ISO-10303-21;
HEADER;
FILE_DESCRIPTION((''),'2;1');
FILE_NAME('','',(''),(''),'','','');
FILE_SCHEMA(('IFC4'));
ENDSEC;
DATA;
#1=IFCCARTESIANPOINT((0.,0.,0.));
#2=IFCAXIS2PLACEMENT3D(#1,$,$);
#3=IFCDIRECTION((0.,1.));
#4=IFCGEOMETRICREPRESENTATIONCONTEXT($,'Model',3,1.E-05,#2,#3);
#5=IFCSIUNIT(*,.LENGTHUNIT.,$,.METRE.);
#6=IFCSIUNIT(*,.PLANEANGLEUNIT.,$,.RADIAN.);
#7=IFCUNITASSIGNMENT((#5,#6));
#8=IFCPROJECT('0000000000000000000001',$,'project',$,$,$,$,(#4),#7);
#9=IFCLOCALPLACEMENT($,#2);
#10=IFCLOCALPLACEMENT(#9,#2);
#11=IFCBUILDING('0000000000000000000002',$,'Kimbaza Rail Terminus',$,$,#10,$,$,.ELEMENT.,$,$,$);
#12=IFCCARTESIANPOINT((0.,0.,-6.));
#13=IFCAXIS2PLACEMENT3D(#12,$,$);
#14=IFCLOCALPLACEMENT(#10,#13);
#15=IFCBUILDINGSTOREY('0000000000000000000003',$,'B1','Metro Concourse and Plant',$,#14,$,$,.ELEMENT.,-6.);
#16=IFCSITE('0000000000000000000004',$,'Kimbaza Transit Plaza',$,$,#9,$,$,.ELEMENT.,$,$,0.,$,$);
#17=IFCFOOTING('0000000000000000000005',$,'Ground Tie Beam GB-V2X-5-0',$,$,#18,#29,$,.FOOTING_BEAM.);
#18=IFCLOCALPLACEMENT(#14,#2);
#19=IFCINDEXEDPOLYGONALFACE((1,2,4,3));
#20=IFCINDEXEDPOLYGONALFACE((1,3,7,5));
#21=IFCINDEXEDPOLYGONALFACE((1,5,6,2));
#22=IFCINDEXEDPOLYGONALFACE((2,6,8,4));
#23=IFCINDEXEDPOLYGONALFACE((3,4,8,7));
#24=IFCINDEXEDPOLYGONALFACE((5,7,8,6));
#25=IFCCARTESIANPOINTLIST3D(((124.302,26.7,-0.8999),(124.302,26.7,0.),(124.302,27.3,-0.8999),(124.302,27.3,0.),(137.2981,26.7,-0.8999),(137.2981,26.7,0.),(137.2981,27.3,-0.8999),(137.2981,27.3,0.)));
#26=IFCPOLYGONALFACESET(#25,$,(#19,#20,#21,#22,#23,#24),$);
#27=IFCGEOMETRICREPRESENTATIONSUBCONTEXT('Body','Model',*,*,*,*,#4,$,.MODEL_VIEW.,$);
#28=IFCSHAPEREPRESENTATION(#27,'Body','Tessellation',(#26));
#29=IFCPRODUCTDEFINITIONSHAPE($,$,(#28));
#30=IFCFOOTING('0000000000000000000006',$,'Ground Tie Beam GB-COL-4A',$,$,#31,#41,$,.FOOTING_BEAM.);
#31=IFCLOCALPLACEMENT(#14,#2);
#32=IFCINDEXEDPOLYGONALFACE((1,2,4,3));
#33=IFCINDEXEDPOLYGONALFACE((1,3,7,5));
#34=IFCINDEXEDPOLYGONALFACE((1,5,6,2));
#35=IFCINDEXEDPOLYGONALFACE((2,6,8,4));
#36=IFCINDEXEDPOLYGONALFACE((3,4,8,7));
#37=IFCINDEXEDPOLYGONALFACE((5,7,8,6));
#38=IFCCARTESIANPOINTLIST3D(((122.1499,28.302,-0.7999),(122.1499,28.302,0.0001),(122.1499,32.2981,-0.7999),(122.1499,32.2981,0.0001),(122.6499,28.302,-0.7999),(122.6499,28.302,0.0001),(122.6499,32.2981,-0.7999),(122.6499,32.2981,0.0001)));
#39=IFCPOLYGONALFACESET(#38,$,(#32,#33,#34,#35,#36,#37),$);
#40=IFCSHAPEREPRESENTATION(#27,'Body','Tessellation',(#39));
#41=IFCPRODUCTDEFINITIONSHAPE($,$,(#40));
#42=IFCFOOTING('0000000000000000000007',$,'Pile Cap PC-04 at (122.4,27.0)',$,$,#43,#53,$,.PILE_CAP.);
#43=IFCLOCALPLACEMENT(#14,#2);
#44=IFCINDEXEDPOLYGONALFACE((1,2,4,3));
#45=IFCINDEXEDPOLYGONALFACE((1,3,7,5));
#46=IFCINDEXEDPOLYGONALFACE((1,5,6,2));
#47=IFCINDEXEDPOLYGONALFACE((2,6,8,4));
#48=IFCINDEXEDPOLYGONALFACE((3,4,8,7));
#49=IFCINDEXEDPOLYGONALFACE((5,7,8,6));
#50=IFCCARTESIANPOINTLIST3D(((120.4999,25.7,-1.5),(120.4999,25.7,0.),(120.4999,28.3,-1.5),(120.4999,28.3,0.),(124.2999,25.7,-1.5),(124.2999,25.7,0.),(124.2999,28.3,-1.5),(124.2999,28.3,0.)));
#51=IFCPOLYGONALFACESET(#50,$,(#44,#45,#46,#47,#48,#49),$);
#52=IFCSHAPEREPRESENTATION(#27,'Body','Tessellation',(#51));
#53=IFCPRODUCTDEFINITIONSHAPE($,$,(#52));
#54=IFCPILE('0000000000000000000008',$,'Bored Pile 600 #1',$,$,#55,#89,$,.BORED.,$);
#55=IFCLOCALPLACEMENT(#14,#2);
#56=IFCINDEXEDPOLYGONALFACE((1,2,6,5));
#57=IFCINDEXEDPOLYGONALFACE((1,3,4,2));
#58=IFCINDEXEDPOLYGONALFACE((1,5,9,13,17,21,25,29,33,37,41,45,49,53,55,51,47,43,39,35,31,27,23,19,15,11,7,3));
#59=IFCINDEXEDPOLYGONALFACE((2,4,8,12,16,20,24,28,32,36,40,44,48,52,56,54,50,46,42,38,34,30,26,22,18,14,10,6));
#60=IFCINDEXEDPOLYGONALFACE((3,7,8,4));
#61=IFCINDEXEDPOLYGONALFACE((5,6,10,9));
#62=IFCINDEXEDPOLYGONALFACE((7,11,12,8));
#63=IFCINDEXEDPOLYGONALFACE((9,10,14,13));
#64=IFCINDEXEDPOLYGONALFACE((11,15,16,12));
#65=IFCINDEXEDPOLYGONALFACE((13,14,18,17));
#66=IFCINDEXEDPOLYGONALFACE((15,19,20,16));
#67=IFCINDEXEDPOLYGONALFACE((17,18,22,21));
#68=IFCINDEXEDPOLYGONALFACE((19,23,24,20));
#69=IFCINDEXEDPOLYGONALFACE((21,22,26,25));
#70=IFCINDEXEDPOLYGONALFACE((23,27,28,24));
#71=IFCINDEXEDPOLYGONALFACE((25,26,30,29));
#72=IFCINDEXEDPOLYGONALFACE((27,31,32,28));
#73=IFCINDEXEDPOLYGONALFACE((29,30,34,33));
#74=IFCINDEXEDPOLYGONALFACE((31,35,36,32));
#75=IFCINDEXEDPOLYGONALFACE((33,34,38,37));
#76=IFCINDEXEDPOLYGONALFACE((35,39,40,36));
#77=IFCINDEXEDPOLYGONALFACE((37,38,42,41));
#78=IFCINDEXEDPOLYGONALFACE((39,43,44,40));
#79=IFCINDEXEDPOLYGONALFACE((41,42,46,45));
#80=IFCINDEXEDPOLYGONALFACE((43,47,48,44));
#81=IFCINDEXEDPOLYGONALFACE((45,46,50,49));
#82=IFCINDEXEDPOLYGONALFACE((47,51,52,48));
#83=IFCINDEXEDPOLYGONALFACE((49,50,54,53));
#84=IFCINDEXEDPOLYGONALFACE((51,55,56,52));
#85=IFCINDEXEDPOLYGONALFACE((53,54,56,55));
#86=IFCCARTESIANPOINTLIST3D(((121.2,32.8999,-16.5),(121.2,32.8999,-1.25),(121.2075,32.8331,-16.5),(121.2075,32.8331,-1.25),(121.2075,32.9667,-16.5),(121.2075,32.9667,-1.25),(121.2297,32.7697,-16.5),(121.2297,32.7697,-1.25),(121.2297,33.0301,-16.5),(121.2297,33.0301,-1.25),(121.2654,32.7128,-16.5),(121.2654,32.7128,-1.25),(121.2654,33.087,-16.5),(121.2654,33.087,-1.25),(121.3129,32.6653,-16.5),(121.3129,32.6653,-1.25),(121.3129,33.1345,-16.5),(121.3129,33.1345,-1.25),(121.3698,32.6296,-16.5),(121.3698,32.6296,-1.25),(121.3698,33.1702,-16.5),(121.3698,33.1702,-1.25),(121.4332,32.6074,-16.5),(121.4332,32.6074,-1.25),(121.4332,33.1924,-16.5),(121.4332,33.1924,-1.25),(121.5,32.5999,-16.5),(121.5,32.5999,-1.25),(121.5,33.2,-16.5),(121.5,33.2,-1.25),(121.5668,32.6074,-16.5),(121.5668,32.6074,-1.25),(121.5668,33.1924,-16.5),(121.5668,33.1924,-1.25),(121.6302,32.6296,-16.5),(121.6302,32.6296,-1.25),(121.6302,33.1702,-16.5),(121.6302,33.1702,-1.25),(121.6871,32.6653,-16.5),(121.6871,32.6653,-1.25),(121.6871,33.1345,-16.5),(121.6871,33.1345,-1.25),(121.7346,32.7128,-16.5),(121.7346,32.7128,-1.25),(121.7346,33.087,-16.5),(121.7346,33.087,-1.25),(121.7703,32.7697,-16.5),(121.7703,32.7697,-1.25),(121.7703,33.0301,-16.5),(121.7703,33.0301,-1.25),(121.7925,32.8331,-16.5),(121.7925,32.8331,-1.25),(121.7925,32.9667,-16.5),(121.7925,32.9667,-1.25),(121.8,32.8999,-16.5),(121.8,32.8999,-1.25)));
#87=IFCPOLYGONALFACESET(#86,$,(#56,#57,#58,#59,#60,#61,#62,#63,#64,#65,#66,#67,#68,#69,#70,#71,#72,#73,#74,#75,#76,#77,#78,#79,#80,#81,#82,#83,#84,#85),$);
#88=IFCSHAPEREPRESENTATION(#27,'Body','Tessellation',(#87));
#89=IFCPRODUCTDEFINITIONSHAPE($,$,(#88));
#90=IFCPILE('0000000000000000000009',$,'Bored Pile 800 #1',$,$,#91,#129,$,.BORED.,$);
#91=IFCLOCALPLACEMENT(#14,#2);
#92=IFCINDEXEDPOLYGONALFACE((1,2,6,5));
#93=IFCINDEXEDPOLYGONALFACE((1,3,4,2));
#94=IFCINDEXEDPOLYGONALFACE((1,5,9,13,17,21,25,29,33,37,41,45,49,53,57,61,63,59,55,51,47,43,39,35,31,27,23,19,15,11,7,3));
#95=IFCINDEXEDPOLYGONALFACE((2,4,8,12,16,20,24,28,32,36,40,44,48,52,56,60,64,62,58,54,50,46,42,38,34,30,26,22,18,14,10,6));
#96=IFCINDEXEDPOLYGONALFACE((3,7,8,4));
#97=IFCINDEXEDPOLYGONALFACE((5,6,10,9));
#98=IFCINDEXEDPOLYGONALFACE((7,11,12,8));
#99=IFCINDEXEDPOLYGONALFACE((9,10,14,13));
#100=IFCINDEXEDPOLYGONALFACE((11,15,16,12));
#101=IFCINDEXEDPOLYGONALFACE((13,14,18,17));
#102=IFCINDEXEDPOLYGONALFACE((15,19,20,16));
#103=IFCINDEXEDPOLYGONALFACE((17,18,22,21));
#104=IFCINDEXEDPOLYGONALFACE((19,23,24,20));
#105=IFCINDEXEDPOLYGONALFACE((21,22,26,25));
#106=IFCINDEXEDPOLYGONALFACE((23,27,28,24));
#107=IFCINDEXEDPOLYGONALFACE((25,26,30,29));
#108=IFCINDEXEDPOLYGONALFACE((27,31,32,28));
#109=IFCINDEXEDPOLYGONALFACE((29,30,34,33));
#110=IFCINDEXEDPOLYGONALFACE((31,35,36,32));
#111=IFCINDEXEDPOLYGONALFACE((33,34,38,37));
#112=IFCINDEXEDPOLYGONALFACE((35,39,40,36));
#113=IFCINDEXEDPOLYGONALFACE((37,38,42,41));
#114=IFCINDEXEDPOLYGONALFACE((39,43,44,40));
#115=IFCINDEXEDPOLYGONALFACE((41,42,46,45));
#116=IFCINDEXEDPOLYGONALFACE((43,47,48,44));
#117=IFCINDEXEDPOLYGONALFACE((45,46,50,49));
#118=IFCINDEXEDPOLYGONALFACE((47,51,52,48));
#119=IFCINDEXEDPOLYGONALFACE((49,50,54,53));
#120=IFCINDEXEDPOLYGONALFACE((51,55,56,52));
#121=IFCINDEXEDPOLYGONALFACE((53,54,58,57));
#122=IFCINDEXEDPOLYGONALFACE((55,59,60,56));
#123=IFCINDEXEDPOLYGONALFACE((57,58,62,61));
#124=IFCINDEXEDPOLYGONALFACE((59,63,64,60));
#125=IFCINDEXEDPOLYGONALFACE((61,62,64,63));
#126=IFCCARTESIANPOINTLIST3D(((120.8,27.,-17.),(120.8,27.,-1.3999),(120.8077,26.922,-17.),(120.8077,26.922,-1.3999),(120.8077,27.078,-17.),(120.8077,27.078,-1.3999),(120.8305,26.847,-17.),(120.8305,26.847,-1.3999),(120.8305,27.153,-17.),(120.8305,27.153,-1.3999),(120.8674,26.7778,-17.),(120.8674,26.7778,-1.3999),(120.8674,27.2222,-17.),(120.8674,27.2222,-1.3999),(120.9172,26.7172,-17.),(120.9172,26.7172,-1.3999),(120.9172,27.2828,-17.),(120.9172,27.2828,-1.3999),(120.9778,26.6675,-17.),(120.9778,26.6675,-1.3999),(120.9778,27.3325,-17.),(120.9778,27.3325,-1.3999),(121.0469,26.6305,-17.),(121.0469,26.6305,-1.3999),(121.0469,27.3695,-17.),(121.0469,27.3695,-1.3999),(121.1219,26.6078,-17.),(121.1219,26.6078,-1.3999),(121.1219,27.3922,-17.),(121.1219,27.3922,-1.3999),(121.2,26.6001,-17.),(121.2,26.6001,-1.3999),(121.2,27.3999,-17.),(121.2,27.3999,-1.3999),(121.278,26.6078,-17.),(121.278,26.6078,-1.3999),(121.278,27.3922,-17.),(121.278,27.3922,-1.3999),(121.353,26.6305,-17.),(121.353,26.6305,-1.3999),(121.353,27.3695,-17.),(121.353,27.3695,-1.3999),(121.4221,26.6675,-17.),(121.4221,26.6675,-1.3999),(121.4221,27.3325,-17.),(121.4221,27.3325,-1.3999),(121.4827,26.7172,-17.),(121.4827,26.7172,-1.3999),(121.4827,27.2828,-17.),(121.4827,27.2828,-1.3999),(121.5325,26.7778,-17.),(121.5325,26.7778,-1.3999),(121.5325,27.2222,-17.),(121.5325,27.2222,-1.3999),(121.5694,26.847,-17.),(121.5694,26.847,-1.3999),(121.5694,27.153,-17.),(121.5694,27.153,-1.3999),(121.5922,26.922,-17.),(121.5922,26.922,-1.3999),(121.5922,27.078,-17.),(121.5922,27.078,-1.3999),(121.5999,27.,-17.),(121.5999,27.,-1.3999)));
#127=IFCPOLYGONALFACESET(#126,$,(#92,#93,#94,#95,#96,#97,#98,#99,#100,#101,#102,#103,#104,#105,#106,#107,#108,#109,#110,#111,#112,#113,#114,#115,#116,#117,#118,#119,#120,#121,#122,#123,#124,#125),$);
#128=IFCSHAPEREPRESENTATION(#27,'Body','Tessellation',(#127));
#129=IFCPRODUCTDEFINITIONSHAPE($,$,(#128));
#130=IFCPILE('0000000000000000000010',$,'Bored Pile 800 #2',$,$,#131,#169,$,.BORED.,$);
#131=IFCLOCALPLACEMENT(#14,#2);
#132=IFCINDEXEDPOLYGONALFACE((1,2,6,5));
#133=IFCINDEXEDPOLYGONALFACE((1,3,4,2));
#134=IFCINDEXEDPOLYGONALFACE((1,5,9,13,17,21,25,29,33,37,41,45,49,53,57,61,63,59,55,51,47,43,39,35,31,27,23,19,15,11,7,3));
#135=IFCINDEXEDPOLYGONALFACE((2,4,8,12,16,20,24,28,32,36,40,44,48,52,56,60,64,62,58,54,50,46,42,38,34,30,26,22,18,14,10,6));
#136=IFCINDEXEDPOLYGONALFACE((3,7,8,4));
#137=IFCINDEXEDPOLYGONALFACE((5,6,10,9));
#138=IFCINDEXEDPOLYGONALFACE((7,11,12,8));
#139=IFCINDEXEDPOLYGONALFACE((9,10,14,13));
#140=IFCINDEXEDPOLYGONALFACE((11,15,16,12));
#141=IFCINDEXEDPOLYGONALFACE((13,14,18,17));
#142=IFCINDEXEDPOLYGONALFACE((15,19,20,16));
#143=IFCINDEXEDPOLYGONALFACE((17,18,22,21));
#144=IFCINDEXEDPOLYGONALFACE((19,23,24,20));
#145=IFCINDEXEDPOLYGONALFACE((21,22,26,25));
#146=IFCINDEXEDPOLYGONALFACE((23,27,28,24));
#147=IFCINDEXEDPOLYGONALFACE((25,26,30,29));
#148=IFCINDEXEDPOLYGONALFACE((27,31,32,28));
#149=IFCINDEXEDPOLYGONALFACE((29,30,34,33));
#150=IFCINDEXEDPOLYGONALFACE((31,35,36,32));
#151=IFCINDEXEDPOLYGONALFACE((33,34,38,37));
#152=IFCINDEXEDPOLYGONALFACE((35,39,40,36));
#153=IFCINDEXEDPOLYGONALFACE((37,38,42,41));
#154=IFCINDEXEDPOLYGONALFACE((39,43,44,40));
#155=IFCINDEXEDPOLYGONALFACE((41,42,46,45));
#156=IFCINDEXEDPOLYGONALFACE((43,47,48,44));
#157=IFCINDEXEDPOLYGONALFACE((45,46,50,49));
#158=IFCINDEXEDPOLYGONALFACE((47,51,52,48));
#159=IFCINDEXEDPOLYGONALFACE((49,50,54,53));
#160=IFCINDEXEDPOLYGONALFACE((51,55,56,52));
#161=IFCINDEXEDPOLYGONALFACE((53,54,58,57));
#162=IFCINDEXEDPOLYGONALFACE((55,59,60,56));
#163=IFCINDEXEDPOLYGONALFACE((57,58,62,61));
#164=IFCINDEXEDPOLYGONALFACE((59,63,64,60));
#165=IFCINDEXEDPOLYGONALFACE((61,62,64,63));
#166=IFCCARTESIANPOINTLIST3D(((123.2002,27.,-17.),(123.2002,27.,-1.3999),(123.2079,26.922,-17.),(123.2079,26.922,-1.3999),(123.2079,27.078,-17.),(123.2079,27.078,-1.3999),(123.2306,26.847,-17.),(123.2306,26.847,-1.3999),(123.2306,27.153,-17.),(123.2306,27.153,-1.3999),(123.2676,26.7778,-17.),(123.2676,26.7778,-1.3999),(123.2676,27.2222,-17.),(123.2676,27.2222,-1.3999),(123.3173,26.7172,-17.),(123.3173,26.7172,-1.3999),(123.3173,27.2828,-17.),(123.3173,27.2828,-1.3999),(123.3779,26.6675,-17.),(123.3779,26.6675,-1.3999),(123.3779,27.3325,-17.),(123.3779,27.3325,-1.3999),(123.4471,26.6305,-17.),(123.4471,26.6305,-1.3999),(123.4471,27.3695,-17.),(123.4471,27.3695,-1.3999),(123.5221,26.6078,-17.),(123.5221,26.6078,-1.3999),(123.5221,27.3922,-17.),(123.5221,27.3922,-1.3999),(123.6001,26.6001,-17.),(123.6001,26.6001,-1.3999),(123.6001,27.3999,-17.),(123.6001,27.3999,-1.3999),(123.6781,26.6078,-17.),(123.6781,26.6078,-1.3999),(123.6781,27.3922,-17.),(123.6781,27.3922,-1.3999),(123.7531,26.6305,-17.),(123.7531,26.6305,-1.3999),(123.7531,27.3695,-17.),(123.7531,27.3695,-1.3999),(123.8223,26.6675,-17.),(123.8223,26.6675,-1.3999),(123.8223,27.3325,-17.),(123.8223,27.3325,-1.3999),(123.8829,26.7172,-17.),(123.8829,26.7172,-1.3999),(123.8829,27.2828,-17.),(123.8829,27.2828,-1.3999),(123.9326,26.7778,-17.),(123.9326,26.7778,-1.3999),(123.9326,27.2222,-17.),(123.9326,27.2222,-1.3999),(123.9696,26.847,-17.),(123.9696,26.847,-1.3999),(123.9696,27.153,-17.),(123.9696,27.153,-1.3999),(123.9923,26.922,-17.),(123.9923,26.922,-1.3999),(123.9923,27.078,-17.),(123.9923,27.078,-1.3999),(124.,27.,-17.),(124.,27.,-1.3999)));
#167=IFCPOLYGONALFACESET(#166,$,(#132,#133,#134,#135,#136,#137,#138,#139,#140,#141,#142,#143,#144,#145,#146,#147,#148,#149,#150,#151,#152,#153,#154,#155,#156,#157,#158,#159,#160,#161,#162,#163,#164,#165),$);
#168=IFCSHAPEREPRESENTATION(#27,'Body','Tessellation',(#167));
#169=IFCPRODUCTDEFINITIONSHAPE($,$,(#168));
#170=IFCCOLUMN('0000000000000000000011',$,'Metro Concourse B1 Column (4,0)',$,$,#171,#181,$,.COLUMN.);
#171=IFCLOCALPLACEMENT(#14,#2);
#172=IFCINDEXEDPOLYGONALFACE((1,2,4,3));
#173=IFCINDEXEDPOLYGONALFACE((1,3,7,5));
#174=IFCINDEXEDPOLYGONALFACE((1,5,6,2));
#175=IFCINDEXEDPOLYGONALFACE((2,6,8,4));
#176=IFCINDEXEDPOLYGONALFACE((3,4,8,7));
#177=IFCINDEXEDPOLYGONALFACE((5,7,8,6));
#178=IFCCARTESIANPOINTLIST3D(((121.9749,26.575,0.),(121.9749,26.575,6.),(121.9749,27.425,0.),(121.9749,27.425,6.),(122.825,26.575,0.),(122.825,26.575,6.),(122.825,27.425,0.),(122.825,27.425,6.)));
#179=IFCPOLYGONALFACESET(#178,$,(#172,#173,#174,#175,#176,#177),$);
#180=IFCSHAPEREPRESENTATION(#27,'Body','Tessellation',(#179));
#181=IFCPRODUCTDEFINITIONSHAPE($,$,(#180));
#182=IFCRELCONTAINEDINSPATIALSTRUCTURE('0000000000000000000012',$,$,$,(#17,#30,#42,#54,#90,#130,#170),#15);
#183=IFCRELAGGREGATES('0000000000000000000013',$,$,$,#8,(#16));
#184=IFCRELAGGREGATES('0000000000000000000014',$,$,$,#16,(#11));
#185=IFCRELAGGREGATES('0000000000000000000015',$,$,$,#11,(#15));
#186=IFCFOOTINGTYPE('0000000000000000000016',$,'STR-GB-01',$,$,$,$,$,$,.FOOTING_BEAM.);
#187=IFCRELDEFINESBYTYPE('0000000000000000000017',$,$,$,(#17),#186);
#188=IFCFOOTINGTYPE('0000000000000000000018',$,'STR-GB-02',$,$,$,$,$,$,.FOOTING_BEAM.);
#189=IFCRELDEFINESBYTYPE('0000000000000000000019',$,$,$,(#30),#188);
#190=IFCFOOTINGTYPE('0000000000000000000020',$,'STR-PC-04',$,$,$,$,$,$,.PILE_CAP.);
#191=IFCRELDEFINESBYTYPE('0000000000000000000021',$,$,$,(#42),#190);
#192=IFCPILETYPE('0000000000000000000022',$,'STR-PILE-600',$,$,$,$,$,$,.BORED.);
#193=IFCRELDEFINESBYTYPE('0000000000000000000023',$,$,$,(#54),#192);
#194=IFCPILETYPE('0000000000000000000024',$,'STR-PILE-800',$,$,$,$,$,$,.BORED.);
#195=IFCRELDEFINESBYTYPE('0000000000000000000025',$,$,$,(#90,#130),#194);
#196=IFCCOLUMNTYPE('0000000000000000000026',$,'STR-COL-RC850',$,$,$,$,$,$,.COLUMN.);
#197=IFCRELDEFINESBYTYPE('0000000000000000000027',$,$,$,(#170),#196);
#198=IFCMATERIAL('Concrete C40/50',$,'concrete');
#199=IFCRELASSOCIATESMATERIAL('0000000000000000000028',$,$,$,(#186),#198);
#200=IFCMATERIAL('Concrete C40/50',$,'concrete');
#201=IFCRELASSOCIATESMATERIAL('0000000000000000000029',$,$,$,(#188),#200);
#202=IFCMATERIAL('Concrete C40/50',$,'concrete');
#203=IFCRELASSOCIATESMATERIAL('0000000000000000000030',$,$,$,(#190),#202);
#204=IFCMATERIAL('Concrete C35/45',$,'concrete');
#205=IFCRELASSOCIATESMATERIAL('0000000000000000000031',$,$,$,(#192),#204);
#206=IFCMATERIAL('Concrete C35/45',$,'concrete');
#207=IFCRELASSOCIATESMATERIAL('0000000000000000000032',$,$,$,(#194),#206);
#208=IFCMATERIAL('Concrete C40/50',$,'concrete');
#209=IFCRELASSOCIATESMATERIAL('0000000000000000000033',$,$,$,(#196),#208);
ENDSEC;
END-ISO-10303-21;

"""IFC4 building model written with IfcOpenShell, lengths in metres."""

from ifc_helpers import new_model, si_unit, direction, frame, origin, origin_2d, place, context, subcontext, project, spatial, rectangle, circle, extrude, material, material_profile, profile_set, type_object, element, save


model = new_model("IFC4")

# Units and contexts
model_context = context("Model", 3, precision=1e-05, world=origin(), true_north=direction((0.0, 1.0)))
body_context = subcontext(model_context, "Body", "Model", "MODEL_VIEW")
ifc_project = project(units=[si_unit("LENGTHUNIT", "METRE"), si_unit("PLANEANGLEUNIT", "RADIAN")], contexts=[model_context])

# Site, building, storey
site_placement = place(None, origin())
site = spatial("IfcSite", under=ifc_project, at=site_placement, Name="Kimbaza Transit Plaza", CompositionType="ELEMENT", RefElevation=0.0)
building_placement = place(site_placement, origin())
building = spatial("IfcBuilding", under=site, at=building_placement, Name="Kimbaza Rail Terminus", CompositionType="ELEMENT")
storey_placement = place(building_placement, frame((0.0, 0.0, -6.0)))
storey = spatial("IfcBuildingStorey", under=building, at=storey_placement, Name="B1", Description="Metro Concourse and Plant", CompositionType="ELEMENT", Elevation=-6.0)

# Footings
ifc_material_1 = material(Name="Concrete C40/50", Category="concrete")
ifc_material_profile_1 = material_profile(ifc_material_1, rectangle(XDim=0.6001, YDim=0.8999, at=origin_2d()), Name="GB-01 600x900")
ifc_profile_set_1 = profile_set([ifc_material_profile_1], Name="Concrete C40/50")
footing_type_1 = type_object("IfcFootingType", Name="STR-GB-01", PredefinedType="FOOTING_BEAM", material=ifc_profile_set_1)
footing_1_placement = place(storey_placement, frame((124.302, 27.0, -0.45), z_axis=(1.0, 0.0, 0.0), x_axis=(0.0, 1.0, 0.0)))
element("IfcFooting", 1, at=footing_1_placement, inside=storey, type_object=footing_type_1, Name="Ground Tie Beam GB-V2X-5-0", PredefinedType="FOOTING_BEAM", context=body_context, shape_type="SweptSolid", body=[
    extrude(rectangle(XDim=0.6001, YDim=0.8999, at=origin_2d()), origin(), (0.0, 0.0, 1.0), 12.9961),
])
ifc_material_2 = material(Name="Concrete C40/50", Category="concrete")
ifc_material_profile_2 = material_profile(ifc_material_2, rectangle(XDim=0.5, YDim=0.8, at=origin_2d()), Name="GB-02 500x800")
ifc_profile_set_2 = profile_set([ifc_material_profile_2], Name="Concrete C40/50")
footing_type_2 = type_object("IfcFootingType", Name="STR-GB-02", PredefinedType="FOOTING_BEAM", material=ifc_profile_set_2)
footing_2_placement = place(storey_placement, frame((122.3999, 28.302, -0.3999), z_axis=(0.0, 1.0, 0.0), x_axis=(-1.0, 0.0, 0.0)))
element("IfcFooting", 2, at=footing_2_placement, inside=storey, type_object=footing_type_2, Name="Ground Tie Beam GB-COL-4A", PredefinedType="FOOTING_BEAM", context=body_context, shape_type="SweptSolid", body=[
    extrude(rectangle(XDim=0.5, YDim=0.8, at=origin_2d()), origin(), (0.0, 0.0, 1.0), 3.9961),
])
ifc_material_3 = material(Name="Concrete C40/50", Category="concrete")
footing_type_3 = type_object("IfcFootingType", Name="STR-PC-04", PredefinedType="PILE_CAP", material=ifc_material_3)
footing_3_placement = place(storey_placement, frame((122.3999, 27.0, -1.5), z_axis=(0.0, 0.0, 1.0), x_axis=(1.0, 0.0, 0.0)))
element("IfcFooting", 3, at=footing_3_placement, inside=storey, type_object=footing_type_3, Name="Pile Cap PC-04 at (122.4,27.0)", PredefinedType="PILE_CAP", context=body_context, shape_type="SweptSolid", body=[
    extrude(rectangle(XDim=3.8, YDim=2.6001, at=origin_2d()), origin(), (0.0, 0.0, 1.0), 1.5),
])

# Piles
ifc_material_4 = material(Name="Concrete C35/45", Category="concrete")
ifc_material_profile_3 = material_profile(ifc_material_4, circle(Radius=0.3, at=origin_2d()), Name="BORED PILE 600")
ifc_profile_set_3 = profile_set([ifc_material_profile_3], Name="Concrete C35/45")
pile_type_1 = type_object("IfcPileType", Name="STR-PILE-600", PredefinedType="BORED", material=ifc_profile_set_3)
pile_placement = place(storey_placement, frame((121.5, 32.8999, -1.25), z_axis=(0.0, 0.0, -1.0), x_axis=(1.0, 0.0, 0.0)))
element("IfcPile", 4, at=pile_placement, inside=storey, type_object=pile_type_1, Name="Bored Pile 600 #1", PredefinedType="BORED", context=body_context, shape_type="SweptSolid", body=[
    extrude(circle(Radius=0.3, at=origin_2d()), origin(), (0.0, 0.0, 1.0), 15.25),
])
ifc_material_5 = material(Name="Concrete C35/45", Category="concrete")
ifc_material_profile_4 = material_profile(ifc_material_5, circle(Radius=0.3999, at=origin_2d()), Name="BORED PILE 800")
ifc_profile_set_4 = profile_set([ifc_material_profile_4], Name="Concrete C35/45")
pile_type_2 = type_object("IfcPileType", Name="STR-PILE-800", PredefinedType="BORED", material=ifc_profile_set_4)
for number, where, z_axis, x_axis, name in (
    (5, (121.2, 27.0, -1.3999), (0.0, 0.0, -1.0), (1.0, 0.0, 0.0), "Bored Pile 800 #1"),
    (6, (123.6001, 27.0, -1.3999), (0.0, 0.0, -1.0), (1.0, 0.0, 0.0), "Bored Pile 800 #2"),
):
    element("IfcPile", number, at=place(storey_placement, frame(where, z_axis=z_axis, x_axis=x_axis)), inside=storey, type_object=pile_type_2, Name=name, PredefinedType="BORED", context=body_context, shape_type="SweptSolid", body=[
        extrude(circle(Radius=0.3999, at=origin_2d()), origin(), (0.0, 0.0, 1.0), 15.6001),
    ])

# Column
ifc_material_6 = material(Name="Concrete C40/50", Category="concrete")
ifc_material_profile_5 = material_profile(ifc_material_6, rectangle(XDim=0.8501, YDim=0.8501, at=origin_2d()), Name="RC 850x850")
ifc_profile_set_5 = profile_set([ifc_material_profile_5], Name="Concrete C40/50")
column_type = type_object("IfcColumnType", Name="STR-COL-RC850", PredefinedType="COLUMN", material=ifc_profile_set_5)
column_placement = place(storey_placement, frame((122.3999, 27.0, 0.0), z_axis=(0.0, 0.0, 1.0), x_axis=(1.0, 0.0, 0.0)))
element("IfcColumn", 7, at=column_placement, inside=storey, type_object=column_type, Name="Metro Concourse B1 Column (4,0)", PredefinedType="COLUMN", context=body_context, shape_type="SweptSolid", body=[
    extrude(rectangle(XDim=0.8501, YDim=0.8501, at=origin_2d()), origin(), (0.0, 0.0, 1.0), 6.0),
])

save(model, "model.ifc")
